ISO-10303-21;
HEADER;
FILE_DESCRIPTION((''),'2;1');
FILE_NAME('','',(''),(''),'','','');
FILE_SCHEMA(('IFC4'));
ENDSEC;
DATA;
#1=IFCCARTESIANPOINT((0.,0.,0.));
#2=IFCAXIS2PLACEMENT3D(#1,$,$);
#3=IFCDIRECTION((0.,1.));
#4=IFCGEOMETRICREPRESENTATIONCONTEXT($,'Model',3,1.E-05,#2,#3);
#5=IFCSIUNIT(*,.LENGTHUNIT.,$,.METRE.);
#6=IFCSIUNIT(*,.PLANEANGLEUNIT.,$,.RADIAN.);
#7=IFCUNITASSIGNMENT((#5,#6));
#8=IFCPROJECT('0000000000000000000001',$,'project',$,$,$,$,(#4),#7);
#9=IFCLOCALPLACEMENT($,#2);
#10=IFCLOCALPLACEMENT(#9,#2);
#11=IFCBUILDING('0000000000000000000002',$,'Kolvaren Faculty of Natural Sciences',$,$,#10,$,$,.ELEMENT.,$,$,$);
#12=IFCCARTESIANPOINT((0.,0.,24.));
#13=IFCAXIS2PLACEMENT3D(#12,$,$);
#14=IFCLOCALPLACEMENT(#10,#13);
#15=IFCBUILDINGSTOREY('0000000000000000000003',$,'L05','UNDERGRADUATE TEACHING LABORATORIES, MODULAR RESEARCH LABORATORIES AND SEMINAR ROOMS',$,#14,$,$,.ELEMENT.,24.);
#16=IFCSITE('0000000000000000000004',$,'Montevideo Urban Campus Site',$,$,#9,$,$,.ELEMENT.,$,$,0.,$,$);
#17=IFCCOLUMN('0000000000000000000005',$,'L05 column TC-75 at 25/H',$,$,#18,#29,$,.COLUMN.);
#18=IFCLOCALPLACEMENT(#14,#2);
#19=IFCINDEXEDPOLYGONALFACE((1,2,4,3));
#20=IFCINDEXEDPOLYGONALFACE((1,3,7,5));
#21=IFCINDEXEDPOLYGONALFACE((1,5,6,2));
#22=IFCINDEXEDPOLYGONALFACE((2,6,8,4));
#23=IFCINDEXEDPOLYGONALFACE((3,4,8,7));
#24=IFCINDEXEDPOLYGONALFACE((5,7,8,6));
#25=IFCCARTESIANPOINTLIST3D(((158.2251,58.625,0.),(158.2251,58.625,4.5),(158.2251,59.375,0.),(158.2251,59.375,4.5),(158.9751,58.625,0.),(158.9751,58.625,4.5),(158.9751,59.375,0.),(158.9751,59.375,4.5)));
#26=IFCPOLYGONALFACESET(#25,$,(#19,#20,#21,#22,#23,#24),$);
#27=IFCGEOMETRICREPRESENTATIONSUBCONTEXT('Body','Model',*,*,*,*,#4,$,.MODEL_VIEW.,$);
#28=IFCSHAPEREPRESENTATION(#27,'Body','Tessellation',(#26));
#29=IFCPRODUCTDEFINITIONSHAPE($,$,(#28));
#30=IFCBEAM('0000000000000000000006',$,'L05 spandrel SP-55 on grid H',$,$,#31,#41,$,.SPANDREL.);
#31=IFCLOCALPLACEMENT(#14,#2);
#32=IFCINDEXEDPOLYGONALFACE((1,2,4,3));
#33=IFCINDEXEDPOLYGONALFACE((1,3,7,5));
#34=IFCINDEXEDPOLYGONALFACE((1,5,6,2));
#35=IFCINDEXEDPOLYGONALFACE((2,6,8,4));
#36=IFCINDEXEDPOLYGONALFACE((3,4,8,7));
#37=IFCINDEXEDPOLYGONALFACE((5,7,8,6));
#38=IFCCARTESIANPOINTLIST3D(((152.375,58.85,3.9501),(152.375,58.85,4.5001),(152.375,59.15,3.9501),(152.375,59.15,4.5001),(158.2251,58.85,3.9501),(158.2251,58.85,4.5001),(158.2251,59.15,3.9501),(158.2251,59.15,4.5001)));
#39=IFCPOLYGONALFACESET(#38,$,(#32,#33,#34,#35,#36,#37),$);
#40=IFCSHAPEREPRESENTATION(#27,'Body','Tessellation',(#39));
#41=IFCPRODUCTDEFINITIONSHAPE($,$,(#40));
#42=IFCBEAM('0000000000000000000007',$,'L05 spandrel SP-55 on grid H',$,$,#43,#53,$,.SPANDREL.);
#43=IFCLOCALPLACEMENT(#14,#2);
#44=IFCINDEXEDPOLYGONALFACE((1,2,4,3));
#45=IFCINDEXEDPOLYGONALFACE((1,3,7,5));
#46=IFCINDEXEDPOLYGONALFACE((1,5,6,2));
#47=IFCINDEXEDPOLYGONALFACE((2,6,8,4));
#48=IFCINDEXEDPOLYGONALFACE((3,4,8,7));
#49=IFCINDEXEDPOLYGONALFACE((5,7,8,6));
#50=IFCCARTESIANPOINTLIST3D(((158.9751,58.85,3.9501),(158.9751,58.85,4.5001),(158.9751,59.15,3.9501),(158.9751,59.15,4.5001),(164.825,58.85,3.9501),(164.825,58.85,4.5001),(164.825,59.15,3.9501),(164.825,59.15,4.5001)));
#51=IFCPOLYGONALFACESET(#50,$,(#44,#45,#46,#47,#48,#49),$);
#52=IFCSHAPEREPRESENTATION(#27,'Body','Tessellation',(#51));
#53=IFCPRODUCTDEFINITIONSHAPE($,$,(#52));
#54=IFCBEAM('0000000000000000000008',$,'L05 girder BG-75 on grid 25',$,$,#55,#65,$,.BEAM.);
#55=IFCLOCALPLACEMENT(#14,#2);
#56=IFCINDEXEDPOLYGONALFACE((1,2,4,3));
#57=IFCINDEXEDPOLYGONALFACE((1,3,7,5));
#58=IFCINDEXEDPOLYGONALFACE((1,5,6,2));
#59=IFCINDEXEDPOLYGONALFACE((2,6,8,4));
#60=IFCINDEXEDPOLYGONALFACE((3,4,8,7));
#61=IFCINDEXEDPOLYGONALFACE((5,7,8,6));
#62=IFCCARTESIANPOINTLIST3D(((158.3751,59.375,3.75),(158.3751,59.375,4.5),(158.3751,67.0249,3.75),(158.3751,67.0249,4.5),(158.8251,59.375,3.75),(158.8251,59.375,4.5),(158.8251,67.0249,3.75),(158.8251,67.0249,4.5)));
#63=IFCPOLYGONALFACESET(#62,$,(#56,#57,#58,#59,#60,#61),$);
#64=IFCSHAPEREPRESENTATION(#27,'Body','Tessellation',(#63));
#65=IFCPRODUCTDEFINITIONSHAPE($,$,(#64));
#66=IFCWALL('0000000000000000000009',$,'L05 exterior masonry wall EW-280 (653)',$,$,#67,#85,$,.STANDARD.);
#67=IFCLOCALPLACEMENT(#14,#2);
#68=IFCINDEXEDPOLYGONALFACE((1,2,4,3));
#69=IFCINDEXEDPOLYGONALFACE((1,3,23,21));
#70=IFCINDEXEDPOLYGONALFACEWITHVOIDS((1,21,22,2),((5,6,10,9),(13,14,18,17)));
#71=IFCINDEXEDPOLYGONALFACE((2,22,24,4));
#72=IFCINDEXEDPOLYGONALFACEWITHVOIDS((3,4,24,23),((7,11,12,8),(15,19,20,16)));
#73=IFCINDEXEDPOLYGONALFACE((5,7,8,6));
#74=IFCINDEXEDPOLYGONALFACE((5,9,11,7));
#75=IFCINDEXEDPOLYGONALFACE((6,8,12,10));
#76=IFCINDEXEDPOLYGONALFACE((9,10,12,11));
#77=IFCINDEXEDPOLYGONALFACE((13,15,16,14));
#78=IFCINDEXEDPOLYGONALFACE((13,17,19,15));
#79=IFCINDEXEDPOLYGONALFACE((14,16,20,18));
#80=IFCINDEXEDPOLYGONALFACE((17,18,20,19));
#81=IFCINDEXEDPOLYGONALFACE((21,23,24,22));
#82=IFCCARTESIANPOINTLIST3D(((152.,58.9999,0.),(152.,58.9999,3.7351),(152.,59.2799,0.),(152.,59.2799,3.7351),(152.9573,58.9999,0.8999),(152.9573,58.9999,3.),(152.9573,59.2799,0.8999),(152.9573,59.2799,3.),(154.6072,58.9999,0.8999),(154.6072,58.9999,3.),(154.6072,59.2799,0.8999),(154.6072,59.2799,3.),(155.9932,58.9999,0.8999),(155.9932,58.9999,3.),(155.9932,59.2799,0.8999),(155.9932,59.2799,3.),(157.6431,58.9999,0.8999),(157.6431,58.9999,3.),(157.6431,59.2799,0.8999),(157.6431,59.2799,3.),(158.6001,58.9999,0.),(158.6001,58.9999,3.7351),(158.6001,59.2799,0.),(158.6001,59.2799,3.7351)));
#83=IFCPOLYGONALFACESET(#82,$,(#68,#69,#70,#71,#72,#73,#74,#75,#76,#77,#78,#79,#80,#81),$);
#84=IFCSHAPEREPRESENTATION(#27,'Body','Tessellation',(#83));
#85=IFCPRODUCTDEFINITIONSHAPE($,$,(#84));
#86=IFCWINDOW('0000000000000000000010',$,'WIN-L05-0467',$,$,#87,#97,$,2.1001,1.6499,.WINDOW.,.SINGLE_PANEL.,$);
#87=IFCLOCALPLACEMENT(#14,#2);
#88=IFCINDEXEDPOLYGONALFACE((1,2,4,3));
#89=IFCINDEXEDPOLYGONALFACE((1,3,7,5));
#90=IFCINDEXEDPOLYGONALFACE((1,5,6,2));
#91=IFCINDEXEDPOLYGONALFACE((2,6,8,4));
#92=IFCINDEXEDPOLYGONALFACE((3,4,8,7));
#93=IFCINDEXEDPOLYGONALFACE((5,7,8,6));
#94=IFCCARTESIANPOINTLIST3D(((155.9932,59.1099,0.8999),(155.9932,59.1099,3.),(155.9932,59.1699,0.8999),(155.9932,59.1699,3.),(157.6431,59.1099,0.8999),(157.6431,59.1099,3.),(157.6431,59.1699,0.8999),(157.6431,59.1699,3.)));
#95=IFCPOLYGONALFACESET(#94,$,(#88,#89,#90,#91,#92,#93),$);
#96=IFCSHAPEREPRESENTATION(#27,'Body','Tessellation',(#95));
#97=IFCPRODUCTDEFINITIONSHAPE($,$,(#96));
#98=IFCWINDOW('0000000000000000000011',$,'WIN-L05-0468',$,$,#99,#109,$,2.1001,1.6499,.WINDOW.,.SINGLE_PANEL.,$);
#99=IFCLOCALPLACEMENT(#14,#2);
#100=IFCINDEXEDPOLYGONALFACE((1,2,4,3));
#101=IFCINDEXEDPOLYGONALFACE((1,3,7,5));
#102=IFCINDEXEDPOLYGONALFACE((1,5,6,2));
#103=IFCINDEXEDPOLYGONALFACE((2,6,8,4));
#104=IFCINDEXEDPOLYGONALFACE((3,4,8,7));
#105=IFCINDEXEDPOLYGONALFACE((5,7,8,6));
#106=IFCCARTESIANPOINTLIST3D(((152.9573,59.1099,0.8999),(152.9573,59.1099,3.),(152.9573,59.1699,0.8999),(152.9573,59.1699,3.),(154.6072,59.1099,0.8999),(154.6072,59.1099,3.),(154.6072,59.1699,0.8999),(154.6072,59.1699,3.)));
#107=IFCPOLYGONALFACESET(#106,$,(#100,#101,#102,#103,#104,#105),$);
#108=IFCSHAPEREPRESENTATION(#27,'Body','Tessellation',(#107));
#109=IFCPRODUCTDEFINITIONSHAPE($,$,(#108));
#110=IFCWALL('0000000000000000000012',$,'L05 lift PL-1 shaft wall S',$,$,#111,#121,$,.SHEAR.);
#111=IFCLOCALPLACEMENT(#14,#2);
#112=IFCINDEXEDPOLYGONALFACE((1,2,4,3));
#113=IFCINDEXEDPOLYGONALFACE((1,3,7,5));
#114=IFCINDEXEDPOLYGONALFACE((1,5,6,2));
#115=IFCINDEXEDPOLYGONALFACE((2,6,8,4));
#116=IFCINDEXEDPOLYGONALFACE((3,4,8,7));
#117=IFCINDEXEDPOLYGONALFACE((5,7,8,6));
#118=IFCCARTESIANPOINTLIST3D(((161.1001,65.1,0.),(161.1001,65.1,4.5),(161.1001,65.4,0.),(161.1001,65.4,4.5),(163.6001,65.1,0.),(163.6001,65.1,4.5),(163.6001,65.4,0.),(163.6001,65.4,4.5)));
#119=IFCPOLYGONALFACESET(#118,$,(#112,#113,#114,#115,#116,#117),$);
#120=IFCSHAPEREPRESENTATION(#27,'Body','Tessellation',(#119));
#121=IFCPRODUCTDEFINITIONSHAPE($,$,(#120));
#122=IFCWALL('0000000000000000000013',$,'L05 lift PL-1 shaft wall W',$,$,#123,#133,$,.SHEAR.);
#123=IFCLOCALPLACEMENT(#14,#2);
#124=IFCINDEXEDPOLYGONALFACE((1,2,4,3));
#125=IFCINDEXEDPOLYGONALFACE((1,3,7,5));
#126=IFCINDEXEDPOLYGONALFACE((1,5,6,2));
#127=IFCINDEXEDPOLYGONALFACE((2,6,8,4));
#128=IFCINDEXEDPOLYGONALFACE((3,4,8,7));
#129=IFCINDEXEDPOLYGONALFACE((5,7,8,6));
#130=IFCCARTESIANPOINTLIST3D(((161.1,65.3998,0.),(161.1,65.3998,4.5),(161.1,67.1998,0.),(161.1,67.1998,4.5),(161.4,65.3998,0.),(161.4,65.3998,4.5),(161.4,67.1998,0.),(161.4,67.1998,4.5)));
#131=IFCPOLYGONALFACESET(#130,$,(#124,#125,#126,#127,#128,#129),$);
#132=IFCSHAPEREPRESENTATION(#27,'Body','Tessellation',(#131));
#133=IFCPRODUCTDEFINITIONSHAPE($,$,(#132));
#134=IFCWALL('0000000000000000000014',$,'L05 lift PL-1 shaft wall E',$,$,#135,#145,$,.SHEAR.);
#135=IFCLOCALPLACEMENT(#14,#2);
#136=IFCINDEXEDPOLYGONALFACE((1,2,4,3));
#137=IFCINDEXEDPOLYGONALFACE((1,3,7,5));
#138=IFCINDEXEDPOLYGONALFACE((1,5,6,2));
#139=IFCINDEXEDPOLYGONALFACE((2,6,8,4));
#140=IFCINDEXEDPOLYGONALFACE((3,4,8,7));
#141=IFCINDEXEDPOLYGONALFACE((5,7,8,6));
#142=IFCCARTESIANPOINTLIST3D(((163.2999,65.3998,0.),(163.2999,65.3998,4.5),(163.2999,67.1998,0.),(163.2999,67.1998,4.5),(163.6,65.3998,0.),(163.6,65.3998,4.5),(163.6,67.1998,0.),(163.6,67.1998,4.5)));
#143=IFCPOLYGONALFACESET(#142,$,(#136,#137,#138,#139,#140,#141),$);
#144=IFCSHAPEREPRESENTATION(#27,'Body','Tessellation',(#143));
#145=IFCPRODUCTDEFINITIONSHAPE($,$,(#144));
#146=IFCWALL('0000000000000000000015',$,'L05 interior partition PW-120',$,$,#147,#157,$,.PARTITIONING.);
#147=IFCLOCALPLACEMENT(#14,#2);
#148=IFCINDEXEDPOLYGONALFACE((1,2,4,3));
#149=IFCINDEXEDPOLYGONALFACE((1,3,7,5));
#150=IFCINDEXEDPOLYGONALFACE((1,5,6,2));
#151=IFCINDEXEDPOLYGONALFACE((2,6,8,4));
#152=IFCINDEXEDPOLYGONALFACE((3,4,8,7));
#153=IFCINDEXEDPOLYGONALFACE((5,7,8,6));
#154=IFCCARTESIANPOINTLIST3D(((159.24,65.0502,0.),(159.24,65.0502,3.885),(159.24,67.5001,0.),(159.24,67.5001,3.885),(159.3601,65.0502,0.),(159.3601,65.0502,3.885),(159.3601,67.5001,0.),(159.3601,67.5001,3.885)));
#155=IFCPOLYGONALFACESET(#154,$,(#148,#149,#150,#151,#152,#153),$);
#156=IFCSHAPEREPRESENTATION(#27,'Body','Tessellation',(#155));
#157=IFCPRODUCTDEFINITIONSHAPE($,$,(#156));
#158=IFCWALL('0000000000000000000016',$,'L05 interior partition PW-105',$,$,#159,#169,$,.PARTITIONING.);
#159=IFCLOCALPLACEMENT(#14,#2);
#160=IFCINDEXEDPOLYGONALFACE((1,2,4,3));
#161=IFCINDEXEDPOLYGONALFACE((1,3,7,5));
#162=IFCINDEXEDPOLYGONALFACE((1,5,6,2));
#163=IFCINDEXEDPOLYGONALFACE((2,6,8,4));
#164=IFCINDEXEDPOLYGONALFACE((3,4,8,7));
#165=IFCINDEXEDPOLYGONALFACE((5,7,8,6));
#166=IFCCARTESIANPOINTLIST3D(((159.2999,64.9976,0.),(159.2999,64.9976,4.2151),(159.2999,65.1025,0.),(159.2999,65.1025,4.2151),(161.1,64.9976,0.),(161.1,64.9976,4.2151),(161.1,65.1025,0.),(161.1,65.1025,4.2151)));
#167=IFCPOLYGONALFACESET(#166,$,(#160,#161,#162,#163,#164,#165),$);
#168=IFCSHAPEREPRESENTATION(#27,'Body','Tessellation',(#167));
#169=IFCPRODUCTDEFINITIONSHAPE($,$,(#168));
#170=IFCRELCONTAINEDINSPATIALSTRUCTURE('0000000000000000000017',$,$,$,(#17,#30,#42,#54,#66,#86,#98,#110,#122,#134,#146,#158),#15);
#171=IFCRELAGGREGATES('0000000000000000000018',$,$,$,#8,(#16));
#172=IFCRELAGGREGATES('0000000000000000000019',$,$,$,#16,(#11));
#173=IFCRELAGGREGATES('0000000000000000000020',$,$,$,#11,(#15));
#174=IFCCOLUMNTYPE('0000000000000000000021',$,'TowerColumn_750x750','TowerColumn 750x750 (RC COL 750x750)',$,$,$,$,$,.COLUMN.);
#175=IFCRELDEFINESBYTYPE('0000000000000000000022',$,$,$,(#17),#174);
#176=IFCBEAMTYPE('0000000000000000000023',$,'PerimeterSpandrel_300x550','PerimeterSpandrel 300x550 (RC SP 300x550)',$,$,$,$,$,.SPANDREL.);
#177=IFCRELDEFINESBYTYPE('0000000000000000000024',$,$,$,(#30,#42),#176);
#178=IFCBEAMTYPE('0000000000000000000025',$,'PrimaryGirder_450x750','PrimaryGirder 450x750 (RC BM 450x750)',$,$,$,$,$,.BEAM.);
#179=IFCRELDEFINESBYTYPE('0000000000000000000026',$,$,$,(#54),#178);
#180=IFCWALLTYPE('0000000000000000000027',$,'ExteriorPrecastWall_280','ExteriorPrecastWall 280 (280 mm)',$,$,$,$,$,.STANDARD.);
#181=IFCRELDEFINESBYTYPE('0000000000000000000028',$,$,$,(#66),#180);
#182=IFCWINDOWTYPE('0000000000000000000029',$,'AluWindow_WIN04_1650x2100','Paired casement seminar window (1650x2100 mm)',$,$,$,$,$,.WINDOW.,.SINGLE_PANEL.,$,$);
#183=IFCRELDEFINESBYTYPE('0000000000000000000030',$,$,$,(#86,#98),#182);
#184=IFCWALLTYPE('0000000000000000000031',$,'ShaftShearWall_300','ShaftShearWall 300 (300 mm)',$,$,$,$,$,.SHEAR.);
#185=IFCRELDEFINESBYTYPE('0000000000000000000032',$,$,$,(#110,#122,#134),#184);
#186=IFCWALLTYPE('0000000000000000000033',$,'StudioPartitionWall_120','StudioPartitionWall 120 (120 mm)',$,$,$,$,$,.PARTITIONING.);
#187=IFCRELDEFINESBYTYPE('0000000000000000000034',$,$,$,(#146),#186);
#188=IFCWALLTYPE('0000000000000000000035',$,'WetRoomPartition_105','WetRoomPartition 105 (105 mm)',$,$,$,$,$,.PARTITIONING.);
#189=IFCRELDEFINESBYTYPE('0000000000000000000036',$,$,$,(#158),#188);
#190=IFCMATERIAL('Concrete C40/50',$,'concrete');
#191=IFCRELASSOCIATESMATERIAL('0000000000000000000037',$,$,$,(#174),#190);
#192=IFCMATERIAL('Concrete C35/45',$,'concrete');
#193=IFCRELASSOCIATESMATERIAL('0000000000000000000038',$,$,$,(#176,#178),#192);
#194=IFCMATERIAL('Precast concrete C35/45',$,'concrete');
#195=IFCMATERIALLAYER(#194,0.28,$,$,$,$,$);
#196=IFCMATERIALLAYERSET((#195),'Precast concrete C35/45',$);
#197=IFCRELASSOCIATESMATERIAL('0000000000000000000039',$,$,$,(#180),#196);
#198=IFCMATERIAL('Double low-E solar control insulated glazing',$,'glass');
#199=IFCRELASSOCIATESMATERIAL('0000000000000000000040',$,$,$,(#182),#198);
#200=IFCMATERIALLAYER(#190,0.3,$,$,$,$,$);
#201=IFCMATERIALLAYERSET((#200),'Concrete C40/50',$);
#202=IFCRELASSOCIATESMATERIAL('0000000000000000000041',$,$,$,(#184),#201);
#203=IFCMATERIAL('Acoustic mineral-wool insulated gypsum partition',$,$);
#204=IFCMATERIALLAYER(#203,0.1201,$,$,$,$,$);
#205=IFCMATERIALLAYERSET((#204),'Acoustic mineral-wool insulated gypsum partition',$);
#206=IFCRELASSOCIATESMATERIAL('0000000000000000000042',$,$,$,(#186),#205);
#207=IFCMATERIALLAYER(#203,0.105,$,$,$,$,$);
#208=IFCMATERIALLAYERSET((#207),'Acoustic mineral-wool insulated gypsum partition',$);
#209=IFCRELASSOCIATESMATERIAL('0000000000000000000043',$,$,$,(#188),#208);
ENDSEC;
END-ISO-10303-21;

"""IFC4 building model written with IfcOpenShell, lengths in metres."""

from ifc_helpers import new_model, si_unit, direction, frame, frame_2d, origin, origin_2d, place, context, subcontext, project, spatial, rectangle, extrude, material, layer, layer_set, material_profile, profile_set, type_object, element, fill, save


model = new_model("IFC4")

# Units and contexts
model_context = context("Model", 3, precision=1e-05, world=origin(), true_north=direction((0.0, 1.0)))
body_context = subcontext(model_context, "Body", "Model", "MODEL_VIEW")
ifc_project = project(units=[si_unit("LENGTHUNIT", "METRE"), si_unit("PLANEANGLEUNIT", "RADIAN")], contexts=[model_context])

# Site, building, storey
site_placement = place(None, origin())
site = spatial("IfcSite", under=ifc_project, at=site_placement, Name="Montevideo Urban Campus Site", CompositionType="ELEMENT", RefElevation=0.0)
building_placement = place(site_placement, origin())
building = spatial("IfcBuilding", under=site, at=building_placement, Name="Kolvaren Faculty of Natural Sciences", CompositionType="ELEMENT")
storey_placement = place(building_placement, frame((0.0, 0.0, 24.0)))
storey = spatial("IfcBuildingStorey", under=building, at=storey_placement, Name="L05", Description="UNDERGRADUATE TEACHING LABORATORIES, MODULAR RESEARCH LABORATORIES AND SEMINAR ROOMS", CompositionType="ELEMENT", Elevation=24.0)

# Column
ifc_material_1 = material(Name="Concrete C40/50", Category="concrete")
ifc_material_profile_1 = material_profile(ifc_material_1, rectangle(XDim=0.75, YDim=0.75, at=origin_2d()), Name="RC COL 750x750")
ifc_profile_set_1 = profile_set([ifc_material_profile_1], Name="Concrete C40/50")
column_type = type_object("IfcColumnType", Name="TowerColumn_750x750", Description="TowerColumn 750x750 (RC COL 750x750)", PredefinedType="COLUMN", material=ifc_profile_set_1)
column_placement = place(storey_placement, frame((158.6001, 59.0, 0.0), z_axis=(0.0, 0.0, 1.0), x_axis=(1.0, 0.0, 0.0)))
element("IfcColumn", 1, at=column_placement, inside=storey, type_object=column_type, Name="L05 column TC-75 at 25/H", PredefinedType="COLUMN", context=body_context, shape_type="SweptSolid", body=[
    extrude(rectangle(XDim=0.75, YDim=0.75, at=origin_2d()), origin(), (0.0, 0.0, 1.0), 4.5),
])

# Beams
ifc_material_2 = material(Name="Concrete C35/45", Category="concrete")
ifc_material_profile_2 = material_profile(ifc_material_2, rectangle(XDim=0.3, YDim=0.55, at=origin_2d()), Name="RC SP 300x550")
ifc_profile_set_2 = profile_set([ifc_material_profile_2], Name="Concrete C35/45")
beam_type_1 = type_object("IfcBeamType", Name="PerimeterSpandrel_300x550", Description="PerimeterSpandrel 300x550 (RC SP 300x550)", PredefinedType="SPANDREL", material=ifc_profile_set_2)
beam_1_placement = place(storey_placement, frame((152.375, 59.0, 4.2251), z_axis=(1.0, 0.0, 0.0), x_axis=(0.0, 1.0, 0.0)))
element("IfcBeam", 2, at=beam_1_placement, inside=storey, type_object=beam_type_1, Name="L05 spandrel SP-55 on grid H", PredefinedType="SPANDREL", context=body_context, shape_type="SweptSolid", body=[
    extrude(rectangle(XDim=0.3, YDim=0.55, at=origin_2d()), origin(), (0.0, 0.0, 1.0), 5.8501),
])
beam_2_placement = place(storey_placement, frame((158.9751, 59.0, 4.2251), z_axis=(1.0, 0.0, 0.0), x_axis=(0.0, 1.0, 0.0)))
element("IfcBeam", 3, at=beam_2_placement, inside=storey, type_object=beam_type_1, Name="L05 spandrel SP-55 on grid H", PredefinedType="SPANDREL", context=body_context, shape_type="SweptSolid", body=[
    extrude(rectangle(XDim=0.3, YDim=0.55, at=origin_2d()), origin(), (0.0, 0.0, 1.0), 5.8499),
])
ifc_material_profile_3 = material_profile(ifc_material_2, rectangle(XDim=0.45, YDim=0.75, at=origin_2d()), Name="RC BM 450x750")
ifc_profile_set_3 = profile_set([ifc_material_profile_3], Name="Concrete C35/45")
beam_type_2 = type_object("IfcBeamType", Name="PrimaryGirder_450x750", Description="PrimaryGirder 450x750 (RC BM 450x750)", PredefinedType="BEAM", material=ifc_profile_set_3)
beam_3_placement = place(storey_placement, frame((158.6001, 59.375, 4.125), z_axis=(0.0, 1.0, 0.0), x_axis=(-1.0, 0.0, 0.0)))
element("IfcBeam", 4, at=beam_3_placement, inside=storey, type_object=beam_type_2, Name="L05 girder BG-75 on grid 25", PredefinedType="BEAM", context=body_context, shape_type="SweptSolid", body=[
    extrude(rectangle(XDim=0.45, YDim=0.75, at=origin_2d()), origin(), (0.0, 0.0, 1.0), 7.6499),
])

# Wall, openings, windows
ifc_material_3 = material(Name="Precast concrete C35/45", Category="concrete")
ifc_layer_1 = layer(ifc_material_3, 0.28)
ifc_layer_set_1 = layer_set([ifc_layer_1], Name="Precast concrete C35/45")
wall_type_1 = type_object("IfcWallType", Name="ExteriorPrecastWall_280", Description="ExteriorPrecastWall 280 (280 mm)", PredefinedType="STANDARD", material=ifc_layer_set_1)
wall_1_placement = place(storey_placement, frame((158.6001, 59.1399, 0.0), z_axis=(0.0, 0.0, 1.0), x_axis=(-1.0, 0.0, 0.0)))
wall_1 = element("IfcWall", 5, at=wall_1_placement, inside=storey, type_object=wall_type_1, Name="L05 exterior masonry wall EW-280 (653)", PredefinedType="STANDARD", context=body_context, shape_type="SweptSolid", body=[
    extrude(rectangle(XDim=6.6001, YDim=0.28, at=frame_2d((3.3, 0.0))), origin(), (0.0, 0.0, 1.0), 3.7351),
])
opening_1_placement = place(wall_1_placement, frame((0.957, 0.0, 0.8999)))
opening_1 = element("IfcOpeningElement", 6, at=opening_1_placement, cuts=wall_1, PredefinedType="OPENING", context=body_context, shape_type="SweptSolid", body=[
    extrude(rectangle(XDim=1.6499, YDim=2.1001, at=frame_2d((0.825, 1.05))), frame((0.0, 0.1499, 0.0), z_axis=(0.0, -1.0, 0.0), x_axis=(1.0, 0.0, 0.0)), (0.0, 0.0, 1.0), 0.3),
])
opening_2_placement = place(wall_1_placement, frame((3.9929, 0.0, 0.8999)))
opening_2 = element("IfcOpeningElement", 7, at=opening_2_placement, cuts=wall_1, PredefinedType="OPENING", context=body_context, shape_type="SweptSolid", body=[
    extrude(rectangle(XDim=1.6499, YDim=2.1001, at=frame_2d((0.825, 1.05))), frame((0.0, 0.1499, 0.0), z_axis=(0.0, -1.0, 0.0), x_axis=(1.0, 0.0, 0.0)), (0.0, 0.0, 1.0), 0.3),
])
ifc_material_4 = material(Name="Double low-E solar control insulated glazing", Category="glass")
window_type = type_object("IfcWindowType", Name="AluWindow_WIN04_1650x2100", Description="Paired casement seminar window (1650x2100 mm)", PartitioningType="SINGLE_PANEL", PredefinedType="WINDOW", material=ifc_material_4)
window_1_placement = place(opening_1_placement, origin())
window_1 = element("IfcWindow", 8, at=window_1_placement, inside=storey, type_object=window_type, Name="WIN-L05-0467", OverallHeight=2.1001, OverallWidth=1.6499, PartitioningType="SINGLE_PANEL", PredefinedType="WINDOW", context=body_context, shape_type="SweptSolid", body=[
    extrude(rectangle(XDim=1.6499, YDim=2.1001, at=frame_2d((0.825, 1.05))), frame((0.0, 0.03, 0.0), z_axis=(0.0, -1.0, 0.0), x_axis=(1.0, 0.0, 0.0)), (0.0, 0.0, 1.0), 0.0601),
])
fill(opening_1, window_1)
window_2_placement = place(opening_2_placement, origin())
window_2 = element("IfcWindow", 9, at=window_2_placement, inside=storey, type_object=window_type, Name="WIN-L05-0468", OverallHeight=2.1001, OverallWidth=1.6499, PartitioningType="SINGLE_PANEL", PredefinedType="WINDOW", context=body_context, shape_type="SweptSolid", body=[
    extrude(rectangle(XDim=1.6499, YDim=2.1001, at=frame_2d((0.825, 1.05))), frame((0.0, 0.03, 0.0), z_axis=(0.0, -1.0, 0.0), x_axis=(1.0, 0.0, 0.0)), (0.0, 0.0, 1.0), 0.0601),
])
fill(opening_2, window_2)

# Walls
ifc_layer_2 = layer(ifc_material_1, 0.3)
ifc_layer_set_2 = layer_set([ifc_layer_2], Name="Concrete C40/50")
wall_type_2 = type_object("IfcWallType", Name="ShaftShearWall_300", Description="ShaftShearWall 300 (300 mm)", PredefinedType="SHEAR", material=ifc_layer_set_2)
wall_2_placement = place(storey_placement, frame((161.1001, 65.25, 0.0), z_axis=(0.0, 0.0, 1.0), x_axis=(1.0, 0.0, 0.0)))
element("IfcWall", 10, at=wall_2_placement, inside=storey, type_object=wall_type_2, Name="L05 lift PL-1 shaft wall S", PredefinedType="SHEAR", context=body_context, shape_type="SweptSolid", body=[
    extrude(rectangle(XDim=2.5, YDim=0.3, at=frame_2d((1.25, 0.0))), origin(), (0.0, 0.0, 1.0), 4.5),
])
for number, where, z_axis, x_axis, name in (
    (11, (161.25, 65.3999, 0.0), (0.0, 0.0, 1.0), (0.0, 1.0, 0.0), "L05 lift PL-1 shaft wall W"),
    (12, (163.45, 65.3999, 0.0), (0.0, 0.0, 1.0), (0.0, 1.0, 0.0), "L05 lift PL-1 shaft wall E"),
):
    element("IfcWall", number, at=place(storey_placement, frame(where, z_axis=z_axis, x_axis=x_axis)), inside=storey, type_object=wall_type_2, Name=name, PredefinedType="SHEAR", context=body_context, shape_type="SweptSolid", body=[
        extrude(rectangle(XDim=1.8, YDim=0.3, at=frame_2d((0.8999, 0.0))), origin(), (0.0, 0.0, 1.0), 4.5),
    ])
ifc_material_5 = material(Name="Acoustic mineral-wool insulated gypsum partition")
ifc_layer_3 = layer(ifc_material_5, 0.1201)
ifc_layer_set_3 = layer_set([ifc_layer_3], Name="Acoustic mineral-wool insulated gypsum partition")
wall_type_3 = type_object("IfcWallType", Name="StudioPartitionWall_120", Description="StudioPartitionWall 120 (120 mm)", PredefinedType="PARTITIONING", material=ifc_layer_set_3)
wall_3_placement = place(storey_placement, frame((159.3, 65.05, 0.0), z_axis=(0.0, 0.0, 1.0), x_axis=(0.0, 1.0, 0.0)))
element("IfcWall", 13, at=wall_3_placement, inside=storey, type_object=wall_type_3, Name="L05 interior partition PW-120", PredefinedType="PARTITIONING", context=body_context, shape_type="SweptSolid", body=[
    extrude(rectangle(XDim=2.45, YDim=0.1201, at=frame_2d((1.2251, 0.0))), origin(), (0.0, 0.0, 1.0), 3.885),
])
ifc_layer_4 = layer(ifc_material_5, 0.105)
ifc_layer_set_4 = layer_set([ifc_layer_4], Name="Acoustic mineral-wool insulated gypsum partition")
wall_type_4 = type_object("IfcWallType", Name="WetRoomPartition_105", Description="WetRoomPartition 105 (105 mm)", PredefinedType="PARTITIONING", material=ifc_layer_set_4)
wall_4_placement = place(storey_placement, frame((159.3, 65.05, 0.0), z_axis=(0.0, 0.0, 1.0), x_axis=(1.0, 0.0, 0.0)))
element("IfcWall", 14, at=wall_4_placement, inside=storey, type_object=wall_type_4, Name="L05 interior partition PW-105", PredefinedType="PARTITIONING", context=body_context, shape_type="SweptSolid", body=[
    extrude(rectangle(XDim=1.8, YDim=0.105, at=frame_2d((0.8999, 0.0))), origin(), (0.0, 0.0, 1.0), 4.2151),
])

save(model, "model.ifc")
